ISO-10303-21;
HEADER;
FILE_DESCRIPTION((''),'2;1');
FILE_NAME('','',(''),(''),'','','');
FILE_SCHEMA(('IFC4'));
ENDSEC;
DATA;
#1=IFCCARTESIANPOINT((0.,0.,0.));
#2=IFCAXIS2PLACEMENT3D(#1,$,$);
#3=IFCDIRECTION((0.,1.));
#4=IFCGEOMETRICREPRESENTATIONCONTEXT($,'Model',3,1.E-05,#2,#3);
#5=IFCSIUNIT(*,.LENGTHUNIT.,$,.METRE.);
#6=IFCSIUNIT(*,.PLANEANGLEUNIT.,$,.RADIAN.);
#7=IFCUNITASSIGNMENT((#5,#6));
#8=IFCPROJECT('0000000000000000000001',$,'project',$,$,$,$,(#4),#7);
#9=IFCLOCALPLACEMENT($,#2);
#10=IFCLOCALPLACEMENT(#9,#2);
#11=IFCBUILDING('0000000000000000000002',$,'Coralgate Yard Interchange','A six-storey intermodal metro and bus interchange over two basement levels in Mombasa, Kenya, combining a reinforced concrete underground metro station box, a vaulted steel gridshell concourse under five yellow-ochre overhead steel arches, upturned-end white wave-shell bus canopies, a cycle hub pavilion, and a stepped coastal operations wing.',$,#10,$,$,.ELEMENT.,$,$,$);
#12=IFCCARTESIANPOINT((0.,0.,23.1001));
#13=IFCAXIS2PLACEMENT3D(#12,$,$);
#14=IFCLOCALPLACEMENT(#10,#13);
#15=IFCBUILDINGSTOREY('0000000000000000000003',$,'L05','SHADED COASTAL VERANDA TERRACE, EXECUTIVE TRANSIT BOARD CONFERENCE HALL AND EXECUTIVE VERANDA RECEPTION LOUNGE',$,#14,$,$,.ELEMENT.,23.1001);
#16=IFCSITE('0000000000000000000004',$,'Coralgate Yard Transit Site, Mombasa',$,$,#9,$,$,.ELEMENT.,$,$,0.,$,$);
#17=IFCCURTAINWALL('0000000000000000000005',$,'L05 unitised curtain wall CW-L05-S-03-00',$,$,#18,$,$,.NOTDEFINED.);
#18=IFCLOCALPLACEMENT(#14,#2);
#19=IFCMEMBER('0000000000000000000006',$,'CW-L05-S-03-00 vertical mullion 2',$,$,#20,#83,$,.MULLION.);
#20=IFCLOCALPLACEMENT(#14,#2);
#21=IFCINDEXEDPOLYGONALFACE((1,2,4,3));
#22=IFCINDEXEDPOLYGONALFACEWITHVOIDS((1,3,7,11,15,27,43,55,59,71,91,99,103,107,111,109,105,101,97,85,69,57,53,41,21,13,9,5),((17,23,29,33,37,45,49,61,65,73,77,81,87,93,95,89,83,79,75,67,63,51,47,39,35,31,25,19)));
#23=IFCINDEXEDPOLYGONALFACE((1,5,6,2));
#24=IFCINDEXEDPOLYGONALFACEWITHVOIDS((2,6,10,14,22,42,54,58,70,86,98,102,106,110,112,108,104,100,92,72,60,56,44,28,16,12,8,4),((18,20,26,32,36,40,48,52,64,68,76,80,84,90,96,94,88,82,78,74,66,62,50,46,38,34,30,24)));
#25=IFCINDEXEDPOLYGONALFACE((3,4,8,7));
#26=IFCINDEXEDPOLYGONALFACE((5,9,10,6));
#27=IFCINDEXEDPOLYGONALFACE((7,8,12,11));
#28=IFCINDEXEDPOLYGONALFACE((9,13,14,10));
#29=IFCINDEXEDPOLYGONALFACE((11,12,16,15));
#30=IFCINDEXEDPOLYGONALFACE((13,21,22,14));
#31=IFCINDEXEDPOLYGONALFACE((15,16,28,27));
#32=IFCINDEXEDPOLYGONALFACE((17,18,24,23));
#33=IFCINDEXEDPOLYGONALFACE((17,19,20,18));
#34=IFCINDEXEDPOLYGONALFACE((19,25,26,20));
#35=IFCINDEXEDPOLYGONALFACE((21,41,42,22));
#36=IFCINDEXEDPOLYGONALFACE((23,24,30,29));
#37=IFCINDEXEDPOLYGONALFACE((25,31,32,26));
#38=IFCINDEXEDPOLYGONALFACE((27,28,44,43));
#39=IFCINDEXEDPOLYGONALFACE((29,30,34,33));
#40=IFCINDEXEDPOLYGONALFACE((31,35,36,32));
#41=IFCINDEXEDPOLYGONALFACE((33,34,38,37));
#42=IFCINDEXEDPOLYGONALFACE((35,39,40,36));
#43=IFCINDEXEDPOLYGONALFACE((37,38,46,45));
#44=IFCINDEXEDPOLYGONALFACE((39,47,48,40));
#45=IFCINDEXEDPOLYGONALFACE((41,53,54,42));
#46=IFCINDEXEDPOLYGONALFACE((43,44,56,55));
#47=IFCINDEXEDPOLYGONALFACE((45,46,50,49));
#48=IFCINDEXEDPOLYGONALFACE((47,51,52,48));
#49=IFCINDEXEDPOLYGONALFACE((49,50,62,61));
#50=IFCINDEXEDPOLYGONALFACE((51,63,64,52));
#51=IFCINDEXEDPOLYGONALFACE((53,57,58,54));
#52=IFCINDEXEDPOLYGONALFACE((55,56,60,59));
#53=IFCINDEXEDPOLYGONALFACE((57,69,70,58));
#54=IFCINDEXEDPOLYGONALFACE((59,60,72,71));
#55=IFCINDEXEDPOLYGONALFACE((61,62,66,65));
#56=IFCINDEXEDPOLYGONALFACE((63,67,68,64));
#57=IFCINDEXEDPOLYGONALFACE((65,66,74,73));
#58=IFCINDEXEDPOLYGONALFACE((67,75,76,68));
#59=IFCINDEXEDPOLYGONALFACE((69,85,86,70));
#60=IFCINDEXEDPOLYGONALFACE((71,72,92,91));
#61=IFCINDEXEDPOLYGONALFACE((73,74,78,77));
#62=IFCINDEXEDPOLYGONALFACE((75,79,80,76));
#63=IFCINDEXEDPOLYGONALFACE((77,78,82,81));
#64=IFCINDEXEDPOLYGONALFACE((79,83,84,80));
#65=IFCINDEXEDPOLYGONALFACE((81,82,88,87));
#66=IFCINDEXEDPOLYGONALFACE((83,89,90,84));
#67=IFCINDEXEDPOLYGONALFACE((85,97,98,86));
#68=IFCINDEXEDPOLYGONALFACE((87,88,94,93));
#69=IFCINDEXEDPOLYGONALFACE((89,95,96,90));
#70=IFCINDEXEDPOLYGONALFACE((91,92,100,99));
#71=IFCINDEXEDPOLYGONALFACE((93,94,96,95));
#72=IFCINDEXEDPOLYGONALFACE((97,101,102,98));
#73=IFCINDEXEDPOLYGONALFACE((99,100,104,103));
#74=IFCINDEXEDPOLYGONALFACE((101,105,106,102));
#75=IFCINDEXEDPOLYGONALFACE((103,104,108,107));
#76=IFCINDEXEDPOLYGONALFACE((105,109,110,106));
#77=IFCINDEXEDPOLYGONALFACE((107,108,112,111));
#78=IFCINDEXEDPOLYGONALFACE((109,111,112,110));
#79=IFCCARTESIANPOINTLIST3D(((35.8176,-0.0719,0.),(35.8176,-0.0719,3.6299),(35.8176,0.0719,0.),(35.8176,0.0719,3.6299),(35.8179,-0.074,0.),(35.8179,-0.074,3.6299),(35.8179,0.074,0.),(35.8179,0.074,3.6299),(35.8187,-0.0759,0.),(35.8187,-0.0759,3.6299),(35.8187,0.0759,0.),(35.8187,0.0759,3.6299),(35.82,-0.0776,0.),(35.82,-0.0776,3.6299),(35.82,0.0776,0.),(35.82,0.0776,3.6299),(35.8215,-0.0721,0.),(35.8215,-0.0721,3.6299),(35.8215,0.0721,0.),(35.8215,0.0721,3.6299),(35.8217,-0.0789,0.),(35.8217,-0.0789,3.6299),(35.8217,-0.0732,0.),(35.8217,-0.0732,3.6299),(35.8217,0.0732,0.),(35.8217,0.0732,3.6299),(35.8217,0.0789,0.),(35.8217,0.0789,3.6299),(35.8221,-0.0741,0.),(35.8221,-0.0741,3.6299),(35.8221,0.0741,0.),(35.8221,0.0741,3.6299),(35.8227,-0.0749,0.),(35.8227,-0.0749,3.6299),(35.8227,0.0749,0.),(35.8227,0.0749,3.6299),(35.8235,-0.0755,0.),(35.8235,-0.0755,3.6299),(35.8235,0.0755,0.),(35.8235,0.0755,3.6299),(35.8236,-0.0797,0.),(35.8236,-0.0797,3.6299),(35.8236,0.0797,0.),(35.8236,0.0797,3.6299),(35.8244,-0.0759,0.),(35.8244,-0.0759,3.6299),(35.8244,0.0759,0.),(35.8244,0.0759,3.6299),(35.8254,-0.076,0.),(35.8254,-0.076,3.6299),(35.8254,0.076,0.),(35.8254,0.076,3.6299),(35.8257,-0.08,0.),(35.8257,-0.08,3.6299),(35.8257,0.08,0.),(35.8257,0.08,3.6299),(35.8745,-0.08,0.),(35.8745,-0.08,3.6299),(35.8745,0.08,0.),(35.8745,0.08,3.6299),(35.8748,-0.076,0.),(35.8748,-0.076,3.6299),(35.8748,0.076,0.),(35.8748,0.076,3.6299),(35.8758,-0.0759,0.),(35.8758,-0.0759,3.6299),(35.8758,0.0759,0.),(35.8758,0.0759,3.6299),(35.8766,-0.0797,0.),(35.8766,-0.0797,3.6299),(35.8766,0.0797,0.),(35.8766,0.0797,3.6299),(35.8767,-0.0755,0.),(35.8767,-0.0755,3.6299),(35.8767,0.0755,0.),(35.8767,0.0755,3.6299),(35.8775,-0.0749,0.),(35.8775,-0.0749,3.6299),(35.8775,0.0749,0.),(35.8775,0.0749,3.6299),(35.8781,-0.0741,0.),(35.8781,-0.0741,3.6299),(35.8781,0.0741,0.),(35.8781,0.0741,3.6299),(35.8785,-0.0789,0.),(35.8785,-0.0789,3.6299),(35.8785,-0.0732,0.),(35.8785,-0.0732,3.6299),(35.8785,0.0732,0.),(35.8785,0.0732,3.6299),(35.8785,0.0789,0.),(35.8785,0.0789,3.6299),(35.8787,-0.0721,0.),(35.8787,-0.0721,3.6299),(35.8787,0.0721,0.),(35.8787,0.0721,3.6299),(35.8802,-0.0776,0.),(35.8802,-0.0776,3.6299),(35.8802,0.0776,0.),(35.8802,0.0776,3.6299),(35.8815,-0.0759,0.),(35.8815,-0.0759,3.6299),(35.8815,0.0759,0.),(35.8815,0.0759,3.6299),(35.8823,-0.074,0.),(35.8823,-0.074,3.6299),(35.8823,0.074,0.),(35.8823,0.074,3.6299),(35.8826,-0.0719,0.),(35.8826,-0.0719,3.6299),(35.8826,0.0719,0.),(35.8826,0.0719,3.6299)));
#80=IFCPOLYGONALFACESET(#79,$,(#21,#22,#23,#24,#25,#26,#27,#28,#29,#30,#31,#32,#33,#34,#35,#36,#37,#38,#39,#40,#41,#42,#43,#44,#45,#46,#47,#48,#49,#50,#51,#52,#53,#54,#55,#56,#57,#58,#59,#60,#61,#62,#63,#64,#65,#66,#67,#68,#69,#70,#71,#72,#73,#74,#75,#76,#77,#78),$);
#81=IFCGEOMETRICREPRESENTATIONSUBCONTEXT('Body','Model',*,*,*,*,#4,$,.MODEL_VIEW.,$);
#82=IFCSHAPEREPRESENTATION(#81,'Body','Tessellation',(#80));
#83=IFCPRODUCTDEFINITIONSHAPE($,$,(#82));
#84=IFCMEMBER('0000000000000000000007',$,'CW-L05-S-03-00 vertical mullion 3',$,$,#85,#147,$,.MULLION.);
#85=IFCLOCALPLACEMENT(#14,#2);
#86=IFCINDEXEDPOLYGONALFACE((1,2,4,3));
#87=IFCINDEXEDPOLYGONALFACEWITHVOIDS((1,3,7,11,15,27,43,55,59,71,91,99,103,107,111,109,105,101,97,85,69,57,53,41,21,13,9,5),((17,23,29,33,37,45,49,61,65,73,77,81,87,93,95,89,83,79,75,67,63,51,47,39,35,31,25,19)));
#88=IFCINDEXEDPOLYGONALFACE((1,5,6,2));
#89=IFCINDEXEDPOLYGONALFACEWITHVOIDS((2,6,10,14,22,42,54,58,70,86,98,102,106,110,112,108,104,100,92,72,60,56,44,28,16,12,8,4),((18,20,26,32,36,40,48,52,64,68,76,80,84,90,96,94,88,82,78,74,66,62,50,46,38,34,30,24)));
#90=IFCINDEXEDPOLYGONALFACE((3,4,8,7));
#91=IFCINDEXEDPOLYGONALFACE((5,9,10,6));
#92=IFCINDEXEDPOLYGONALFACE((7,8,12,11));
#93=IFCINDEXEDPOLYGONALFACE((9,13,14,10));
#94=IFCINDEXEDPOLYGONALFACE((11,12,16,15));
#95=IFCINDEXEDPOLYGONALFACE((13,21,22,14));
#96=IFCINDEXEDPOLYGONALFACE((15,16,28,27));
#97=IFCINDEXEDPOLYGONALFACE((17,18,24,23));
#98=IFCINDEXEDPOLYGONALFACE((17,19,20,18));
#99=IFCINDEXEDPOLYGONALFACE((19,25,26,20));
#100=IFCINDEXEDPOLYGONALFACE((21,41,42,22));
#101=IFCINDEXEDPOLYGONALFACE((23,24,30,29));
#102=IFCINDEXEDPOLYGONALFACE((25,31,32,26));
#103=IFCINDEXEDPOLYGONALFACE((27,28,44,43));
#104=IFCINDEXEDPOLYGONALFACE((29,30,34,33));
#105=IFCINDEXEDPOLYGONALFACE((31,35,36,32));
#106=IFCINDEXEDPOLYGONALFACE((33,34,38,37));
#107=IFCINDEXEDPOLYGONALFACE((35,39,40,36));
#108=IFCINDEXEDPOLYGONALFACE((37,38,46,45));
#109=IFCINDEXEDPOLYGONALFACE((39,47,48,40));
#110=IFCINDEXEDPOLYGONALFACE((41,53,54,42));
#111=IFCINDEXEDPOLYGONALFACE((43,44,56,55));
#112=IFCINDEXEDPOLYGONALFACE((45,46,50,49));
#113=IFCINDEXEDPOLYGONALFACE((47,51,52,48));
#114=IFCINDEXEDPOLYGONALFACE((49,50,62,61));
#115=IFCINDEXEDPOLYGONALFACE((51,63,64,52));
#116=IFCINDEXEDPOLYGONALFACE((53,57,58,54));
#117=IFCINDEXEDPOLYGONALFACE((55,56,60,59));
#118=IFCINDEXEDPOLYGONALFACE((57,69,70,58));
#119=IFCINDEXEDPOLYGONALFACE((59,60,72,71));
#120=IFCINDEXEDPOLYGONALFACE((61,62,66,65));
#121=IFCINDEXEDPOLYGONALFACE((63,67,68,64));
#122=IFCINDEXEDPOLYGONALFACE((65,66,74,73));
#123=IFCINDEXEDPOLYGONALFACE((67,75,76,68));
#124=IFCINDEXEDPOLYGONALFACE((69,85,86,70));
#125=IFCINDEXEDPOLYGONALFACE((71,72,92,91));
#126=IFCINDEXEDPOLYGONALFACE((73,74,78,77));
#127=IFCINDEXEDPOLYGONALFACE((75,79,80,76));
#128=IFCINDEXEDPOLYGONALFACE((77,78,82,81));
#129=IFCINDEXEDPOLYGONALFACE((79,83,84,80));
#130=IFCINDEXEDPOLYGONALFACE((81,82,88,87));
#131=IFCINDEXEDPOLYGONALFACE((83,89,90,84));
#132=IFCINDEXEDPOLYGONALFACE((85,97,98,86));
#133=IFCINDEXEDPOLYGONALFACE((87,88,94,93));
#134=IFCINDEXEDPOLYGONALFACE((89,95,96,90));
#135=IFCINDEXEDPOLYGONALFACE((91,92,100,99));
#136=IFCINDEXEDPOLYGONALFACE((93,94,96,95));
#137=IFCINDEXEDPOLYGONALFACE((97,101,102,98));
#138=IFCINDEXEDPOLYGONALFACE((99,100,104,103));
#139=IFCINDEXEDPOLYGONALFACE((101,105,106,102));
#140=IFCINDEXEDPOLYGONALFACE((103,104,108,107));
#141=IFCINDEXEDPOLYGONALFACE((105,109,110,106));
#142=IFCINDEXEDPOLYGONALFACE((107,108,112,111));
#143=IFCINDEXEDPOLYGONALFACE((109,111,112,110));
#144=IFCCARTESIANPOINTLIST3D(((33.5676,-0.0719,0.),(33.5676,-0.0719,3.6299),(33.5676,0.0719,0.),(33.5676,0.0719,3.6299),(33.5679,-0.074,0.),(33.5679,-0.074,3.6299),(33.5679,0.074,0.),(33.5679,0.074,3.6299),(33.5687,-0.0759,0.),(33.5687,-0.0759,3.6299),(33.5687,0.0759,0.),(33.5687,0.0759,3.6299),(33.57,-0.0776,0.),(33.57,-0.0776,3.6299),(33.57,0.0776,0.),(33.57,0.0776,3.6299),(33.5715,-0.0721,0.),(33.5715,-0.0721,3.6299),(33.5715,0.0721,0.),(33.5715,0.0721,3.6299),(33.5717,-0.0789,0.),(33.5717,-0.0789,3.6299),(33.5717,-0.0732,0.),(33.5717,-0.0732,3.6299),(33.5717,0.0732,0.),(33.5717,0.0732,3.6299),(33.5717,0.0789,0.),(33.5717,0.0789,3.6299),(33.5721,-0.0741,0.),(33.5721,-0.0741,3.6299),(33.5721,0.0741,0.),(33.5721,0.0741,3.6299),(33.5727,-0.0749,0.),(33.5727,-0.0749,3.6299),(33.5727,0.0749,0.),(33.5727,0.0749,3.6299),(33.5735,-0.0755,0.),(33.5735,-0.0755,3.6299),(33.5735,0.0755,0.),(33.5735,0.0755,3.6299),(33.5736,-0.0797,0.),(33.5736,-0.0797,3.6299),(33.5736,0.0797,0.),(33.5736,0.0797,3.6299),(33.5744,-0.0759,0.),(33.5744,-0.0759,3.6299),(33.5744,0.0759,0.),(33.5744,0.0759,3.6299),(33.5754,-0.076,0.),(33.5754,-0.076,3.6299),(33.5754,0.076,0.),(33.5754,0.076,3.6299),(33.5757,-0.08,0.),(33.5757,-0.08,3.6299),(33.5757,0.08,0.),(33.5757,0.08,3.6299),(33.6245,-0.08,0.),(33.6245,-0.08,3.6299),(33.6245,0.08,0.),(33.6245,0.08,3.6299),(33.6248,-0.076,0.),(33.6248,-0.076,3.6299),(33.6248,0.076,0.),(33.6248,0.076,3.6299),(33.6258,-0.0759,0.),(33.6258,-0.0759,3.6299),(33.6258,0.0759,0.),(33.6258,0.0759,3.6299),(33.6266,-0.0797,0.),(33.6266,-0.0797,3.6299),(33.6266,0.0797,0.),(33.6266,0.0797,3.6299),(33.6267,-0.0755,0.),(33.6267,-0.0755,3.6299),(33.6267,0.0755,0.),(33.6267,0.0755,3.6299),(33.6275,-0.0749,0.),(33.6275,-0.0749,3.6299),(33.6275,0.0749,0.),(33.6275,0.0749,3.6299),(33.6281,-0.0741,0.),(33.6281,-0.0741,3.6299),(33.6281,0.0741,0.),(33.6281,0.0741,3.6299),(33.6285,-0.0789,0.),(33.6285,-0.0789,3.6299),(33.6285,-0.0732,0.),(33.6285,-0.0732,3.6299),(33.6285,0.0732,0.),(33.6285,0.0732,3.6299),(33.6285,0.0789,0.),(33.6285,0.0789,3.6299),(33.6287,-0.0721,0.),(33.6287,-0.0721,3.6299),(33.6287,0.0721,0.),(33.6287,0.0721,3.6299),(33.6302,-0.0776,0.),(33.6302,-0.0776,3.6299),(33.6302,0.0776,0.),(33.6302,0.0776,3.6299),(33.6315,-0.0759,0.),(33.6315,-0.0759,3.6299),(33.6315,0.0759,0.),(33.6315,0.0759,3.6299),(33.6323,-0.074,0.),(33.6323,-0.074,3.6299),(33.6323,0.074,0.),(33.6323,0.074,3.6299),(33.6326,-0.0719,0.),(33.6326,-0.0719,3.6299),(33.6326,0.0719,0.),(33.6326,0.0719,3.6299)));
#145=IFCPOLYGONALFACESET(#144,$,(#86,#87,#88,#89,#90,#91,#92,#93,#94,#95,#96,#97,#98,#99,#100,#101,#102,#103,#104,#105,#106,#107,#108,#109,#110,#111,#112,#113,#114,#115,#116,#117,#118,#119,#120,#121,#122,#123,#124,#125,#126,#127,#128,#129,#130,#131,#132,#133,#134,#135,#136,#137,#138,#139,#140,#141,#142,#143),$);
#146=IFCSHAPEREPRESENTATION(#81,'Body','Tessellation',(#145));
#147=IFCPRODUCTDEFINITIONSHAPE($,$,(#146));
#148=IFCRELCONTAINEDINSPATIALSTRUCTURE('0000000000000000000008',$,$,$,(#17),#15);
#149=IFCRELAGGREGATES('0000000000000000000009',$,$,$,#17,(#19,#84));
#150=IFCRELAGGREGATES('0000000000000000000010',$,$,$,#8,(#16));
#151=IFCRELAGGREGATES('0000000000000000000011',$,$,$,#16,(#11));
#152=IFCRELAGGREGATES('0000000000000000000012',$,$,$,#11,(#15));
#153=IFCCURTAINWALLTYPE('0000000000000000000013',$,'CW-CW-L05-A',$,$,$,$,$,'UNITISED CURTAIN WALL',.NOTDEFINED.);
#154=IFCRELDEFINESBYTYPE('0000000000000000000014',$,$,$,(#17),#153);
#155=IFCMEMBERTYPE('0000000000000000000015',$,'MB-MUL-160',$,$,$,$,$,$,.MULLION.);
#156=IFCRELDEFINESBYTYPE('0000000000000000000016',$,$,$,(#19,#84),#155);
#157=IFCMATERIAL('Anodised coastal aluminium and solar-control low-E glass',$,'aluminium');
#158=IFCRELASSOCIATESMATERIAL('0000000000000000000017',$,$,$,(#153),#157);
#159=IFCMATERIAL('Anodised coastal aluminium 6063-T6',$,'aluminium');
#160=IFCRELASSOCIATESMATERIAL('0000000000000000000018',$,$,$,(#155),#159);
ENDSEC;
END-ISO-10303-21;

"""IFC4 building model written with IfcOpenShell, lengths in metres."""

from ifc_helpers import new_model, si_unit, direction, frame, origin, origin_2d, place, context, subcontext, project, spatial, hollow_rectangle, extrude, material, material_profile, profile_set, type_object, element, aggregate, save


model = new_model("IFC4")

# Units and contexts
model_context = context("Model", 3, precision=1e-05, world=origin(), true_north=direction((0.0, 1.0)))
body_context = subcontext(model_context, "Body", "Model", "MODEL_VIEW")
ifc_project = project(units=[si_unit("LENGTHUNIT", "METRE"), si_unit("PLANEANGLEUNIT", "RADIAN")], contexts=[model_context])

# Site, building, storey
site_placement = place(None, origin())
site = spatial("IfcSite", under=ifc_project, at=site_placement, Name="Coralgate Yard Transit Site, Mombasa", CompositionType="ELEMENT", RefElevation=0.0)
building_placement = place(site_placement, origin())
building = spatial("IfcBuilding", under=site, at=building_placement, Name="Coralgate Yard Interchange", Description="A six-storey intermodal metro and bus interchange over two basement levels in Mombasa, Kenya, combining a reinforced concrete underground metro station box, a vaulted steel gridshell concourse under five yellow-ochre overhead steel arches, upturned-end white wave-shell bus canopies, a cycle hub pavilion, and a stepped coastal operations wing.", CompositionType="ELEMENT")
storey_placement = place(building_placement, frame((0.0, 0.0, 23.1001)))
storey = spatial("IfcBuildingStorey", under=building, at=storey_placement, Name="L05", Description="SHADED COASTAL VERANDA TERRACE, EXECUTIVE TRANSIT BOARD CONFERENCE HALL AND EXECUTIVE VERANDA RECEPTION LOUNGE", CompositionType="ELEMENT", Elevation=23.1001)

# Curtain wall, members
ifc_material_1 = material(Name="Anodised coastal aluminium and solar-control low-E glass", Category="aluminium")
curtain_wall_type = type_object("IfcCurtainWallType", Name="CW-CW-L05-A", ElementType="UNITISED CURTAIN WALL", PredefinedType="NOTDEFINED", material=ifc_material_1)
curtain_wall_1_placement = place(storey_placement, origin())
curtain_wall_1 = element("IfcCurtainWall", 1, at=curtain_wall_1_placement, inside=storey, type_object=curtain_wall_type, Name="L05 unitised curtain wall CW-L05-S-03-00", PredefinedType="NOTDEFINED")
ifc_material_2 = material(Name="Anodised coastal aluminium 6063-T6", Category="aluminium")
ifc_material_profile_1 = material_profile(ifc_material_2, hollow_rectangle(XDim=0.0649, YDim=0.1599, WallThickness=0.0039, InnerFilletRadius=0.0039, OuterFilletRadius=0.0081, at=origin_2d()), Name="ALU 65x160x4")
ifc_profile_set_1 = profile_set([ifc_material_profile_1], Name="Anodised coastal aluminium 6063-T6")
member_type_1 = type_object("IfcMemberType", Name="MB-MUL-160", PredefinedType="MULLION", material=ifc_profile_set_1)
member_1_placement = place(storey_placement, frame((35.8501, 0.0, 0.0), z_axis=(0.0, 0.0, 1.0), x_axis=(1.0, 0.0, 0.0)))
member_1 = element("IfcMember", 2, at=member_1_placement, type_object=member_type_1, Name="CW-L05-S-03-00 vertical mullion 2", PredefinedType="MULLION", context=body_context, shape_type="SweptSolid", body=[
    extrude(hollow_rectangle(XDim=0.0649, YDim=0.1599, WallThickness=0.0039, InnerFilletRadius=0.0039, OuterFilletRadius=0.0081, at=origin_2d()), origin(), (0.0, 0.0, 1.0), 3.6299),
])
member_2_placement = place(storey_placement, frame((33.6001, 0.0, 0.0), z_axis=(0.0, 0.0, 1.0), x_axis=(1.0, 0.0, 0.0)))
member_2 = element("IfcMember", 3, at=member_2_placement, type_object=member_type_1, Name="CW-L05-S-03-00 vertical mullion 3", PredefinedType="MULLION", context=body_context, shape_type="SweptSolid", body=[
    extrude(hollow_rectangle(XDim=0.0649, YDim=0.1599, WallThickness=0.0039, InnerFilletRadius=0.0039, OuterFilletRadius=0.0081, at=origin_2d()), origin(), (0.0, 0.0, 1.0), 3.6299),
])

aggregate(curtain_wall_1, [member_1, member_2])

save(model, "model.ifc")
